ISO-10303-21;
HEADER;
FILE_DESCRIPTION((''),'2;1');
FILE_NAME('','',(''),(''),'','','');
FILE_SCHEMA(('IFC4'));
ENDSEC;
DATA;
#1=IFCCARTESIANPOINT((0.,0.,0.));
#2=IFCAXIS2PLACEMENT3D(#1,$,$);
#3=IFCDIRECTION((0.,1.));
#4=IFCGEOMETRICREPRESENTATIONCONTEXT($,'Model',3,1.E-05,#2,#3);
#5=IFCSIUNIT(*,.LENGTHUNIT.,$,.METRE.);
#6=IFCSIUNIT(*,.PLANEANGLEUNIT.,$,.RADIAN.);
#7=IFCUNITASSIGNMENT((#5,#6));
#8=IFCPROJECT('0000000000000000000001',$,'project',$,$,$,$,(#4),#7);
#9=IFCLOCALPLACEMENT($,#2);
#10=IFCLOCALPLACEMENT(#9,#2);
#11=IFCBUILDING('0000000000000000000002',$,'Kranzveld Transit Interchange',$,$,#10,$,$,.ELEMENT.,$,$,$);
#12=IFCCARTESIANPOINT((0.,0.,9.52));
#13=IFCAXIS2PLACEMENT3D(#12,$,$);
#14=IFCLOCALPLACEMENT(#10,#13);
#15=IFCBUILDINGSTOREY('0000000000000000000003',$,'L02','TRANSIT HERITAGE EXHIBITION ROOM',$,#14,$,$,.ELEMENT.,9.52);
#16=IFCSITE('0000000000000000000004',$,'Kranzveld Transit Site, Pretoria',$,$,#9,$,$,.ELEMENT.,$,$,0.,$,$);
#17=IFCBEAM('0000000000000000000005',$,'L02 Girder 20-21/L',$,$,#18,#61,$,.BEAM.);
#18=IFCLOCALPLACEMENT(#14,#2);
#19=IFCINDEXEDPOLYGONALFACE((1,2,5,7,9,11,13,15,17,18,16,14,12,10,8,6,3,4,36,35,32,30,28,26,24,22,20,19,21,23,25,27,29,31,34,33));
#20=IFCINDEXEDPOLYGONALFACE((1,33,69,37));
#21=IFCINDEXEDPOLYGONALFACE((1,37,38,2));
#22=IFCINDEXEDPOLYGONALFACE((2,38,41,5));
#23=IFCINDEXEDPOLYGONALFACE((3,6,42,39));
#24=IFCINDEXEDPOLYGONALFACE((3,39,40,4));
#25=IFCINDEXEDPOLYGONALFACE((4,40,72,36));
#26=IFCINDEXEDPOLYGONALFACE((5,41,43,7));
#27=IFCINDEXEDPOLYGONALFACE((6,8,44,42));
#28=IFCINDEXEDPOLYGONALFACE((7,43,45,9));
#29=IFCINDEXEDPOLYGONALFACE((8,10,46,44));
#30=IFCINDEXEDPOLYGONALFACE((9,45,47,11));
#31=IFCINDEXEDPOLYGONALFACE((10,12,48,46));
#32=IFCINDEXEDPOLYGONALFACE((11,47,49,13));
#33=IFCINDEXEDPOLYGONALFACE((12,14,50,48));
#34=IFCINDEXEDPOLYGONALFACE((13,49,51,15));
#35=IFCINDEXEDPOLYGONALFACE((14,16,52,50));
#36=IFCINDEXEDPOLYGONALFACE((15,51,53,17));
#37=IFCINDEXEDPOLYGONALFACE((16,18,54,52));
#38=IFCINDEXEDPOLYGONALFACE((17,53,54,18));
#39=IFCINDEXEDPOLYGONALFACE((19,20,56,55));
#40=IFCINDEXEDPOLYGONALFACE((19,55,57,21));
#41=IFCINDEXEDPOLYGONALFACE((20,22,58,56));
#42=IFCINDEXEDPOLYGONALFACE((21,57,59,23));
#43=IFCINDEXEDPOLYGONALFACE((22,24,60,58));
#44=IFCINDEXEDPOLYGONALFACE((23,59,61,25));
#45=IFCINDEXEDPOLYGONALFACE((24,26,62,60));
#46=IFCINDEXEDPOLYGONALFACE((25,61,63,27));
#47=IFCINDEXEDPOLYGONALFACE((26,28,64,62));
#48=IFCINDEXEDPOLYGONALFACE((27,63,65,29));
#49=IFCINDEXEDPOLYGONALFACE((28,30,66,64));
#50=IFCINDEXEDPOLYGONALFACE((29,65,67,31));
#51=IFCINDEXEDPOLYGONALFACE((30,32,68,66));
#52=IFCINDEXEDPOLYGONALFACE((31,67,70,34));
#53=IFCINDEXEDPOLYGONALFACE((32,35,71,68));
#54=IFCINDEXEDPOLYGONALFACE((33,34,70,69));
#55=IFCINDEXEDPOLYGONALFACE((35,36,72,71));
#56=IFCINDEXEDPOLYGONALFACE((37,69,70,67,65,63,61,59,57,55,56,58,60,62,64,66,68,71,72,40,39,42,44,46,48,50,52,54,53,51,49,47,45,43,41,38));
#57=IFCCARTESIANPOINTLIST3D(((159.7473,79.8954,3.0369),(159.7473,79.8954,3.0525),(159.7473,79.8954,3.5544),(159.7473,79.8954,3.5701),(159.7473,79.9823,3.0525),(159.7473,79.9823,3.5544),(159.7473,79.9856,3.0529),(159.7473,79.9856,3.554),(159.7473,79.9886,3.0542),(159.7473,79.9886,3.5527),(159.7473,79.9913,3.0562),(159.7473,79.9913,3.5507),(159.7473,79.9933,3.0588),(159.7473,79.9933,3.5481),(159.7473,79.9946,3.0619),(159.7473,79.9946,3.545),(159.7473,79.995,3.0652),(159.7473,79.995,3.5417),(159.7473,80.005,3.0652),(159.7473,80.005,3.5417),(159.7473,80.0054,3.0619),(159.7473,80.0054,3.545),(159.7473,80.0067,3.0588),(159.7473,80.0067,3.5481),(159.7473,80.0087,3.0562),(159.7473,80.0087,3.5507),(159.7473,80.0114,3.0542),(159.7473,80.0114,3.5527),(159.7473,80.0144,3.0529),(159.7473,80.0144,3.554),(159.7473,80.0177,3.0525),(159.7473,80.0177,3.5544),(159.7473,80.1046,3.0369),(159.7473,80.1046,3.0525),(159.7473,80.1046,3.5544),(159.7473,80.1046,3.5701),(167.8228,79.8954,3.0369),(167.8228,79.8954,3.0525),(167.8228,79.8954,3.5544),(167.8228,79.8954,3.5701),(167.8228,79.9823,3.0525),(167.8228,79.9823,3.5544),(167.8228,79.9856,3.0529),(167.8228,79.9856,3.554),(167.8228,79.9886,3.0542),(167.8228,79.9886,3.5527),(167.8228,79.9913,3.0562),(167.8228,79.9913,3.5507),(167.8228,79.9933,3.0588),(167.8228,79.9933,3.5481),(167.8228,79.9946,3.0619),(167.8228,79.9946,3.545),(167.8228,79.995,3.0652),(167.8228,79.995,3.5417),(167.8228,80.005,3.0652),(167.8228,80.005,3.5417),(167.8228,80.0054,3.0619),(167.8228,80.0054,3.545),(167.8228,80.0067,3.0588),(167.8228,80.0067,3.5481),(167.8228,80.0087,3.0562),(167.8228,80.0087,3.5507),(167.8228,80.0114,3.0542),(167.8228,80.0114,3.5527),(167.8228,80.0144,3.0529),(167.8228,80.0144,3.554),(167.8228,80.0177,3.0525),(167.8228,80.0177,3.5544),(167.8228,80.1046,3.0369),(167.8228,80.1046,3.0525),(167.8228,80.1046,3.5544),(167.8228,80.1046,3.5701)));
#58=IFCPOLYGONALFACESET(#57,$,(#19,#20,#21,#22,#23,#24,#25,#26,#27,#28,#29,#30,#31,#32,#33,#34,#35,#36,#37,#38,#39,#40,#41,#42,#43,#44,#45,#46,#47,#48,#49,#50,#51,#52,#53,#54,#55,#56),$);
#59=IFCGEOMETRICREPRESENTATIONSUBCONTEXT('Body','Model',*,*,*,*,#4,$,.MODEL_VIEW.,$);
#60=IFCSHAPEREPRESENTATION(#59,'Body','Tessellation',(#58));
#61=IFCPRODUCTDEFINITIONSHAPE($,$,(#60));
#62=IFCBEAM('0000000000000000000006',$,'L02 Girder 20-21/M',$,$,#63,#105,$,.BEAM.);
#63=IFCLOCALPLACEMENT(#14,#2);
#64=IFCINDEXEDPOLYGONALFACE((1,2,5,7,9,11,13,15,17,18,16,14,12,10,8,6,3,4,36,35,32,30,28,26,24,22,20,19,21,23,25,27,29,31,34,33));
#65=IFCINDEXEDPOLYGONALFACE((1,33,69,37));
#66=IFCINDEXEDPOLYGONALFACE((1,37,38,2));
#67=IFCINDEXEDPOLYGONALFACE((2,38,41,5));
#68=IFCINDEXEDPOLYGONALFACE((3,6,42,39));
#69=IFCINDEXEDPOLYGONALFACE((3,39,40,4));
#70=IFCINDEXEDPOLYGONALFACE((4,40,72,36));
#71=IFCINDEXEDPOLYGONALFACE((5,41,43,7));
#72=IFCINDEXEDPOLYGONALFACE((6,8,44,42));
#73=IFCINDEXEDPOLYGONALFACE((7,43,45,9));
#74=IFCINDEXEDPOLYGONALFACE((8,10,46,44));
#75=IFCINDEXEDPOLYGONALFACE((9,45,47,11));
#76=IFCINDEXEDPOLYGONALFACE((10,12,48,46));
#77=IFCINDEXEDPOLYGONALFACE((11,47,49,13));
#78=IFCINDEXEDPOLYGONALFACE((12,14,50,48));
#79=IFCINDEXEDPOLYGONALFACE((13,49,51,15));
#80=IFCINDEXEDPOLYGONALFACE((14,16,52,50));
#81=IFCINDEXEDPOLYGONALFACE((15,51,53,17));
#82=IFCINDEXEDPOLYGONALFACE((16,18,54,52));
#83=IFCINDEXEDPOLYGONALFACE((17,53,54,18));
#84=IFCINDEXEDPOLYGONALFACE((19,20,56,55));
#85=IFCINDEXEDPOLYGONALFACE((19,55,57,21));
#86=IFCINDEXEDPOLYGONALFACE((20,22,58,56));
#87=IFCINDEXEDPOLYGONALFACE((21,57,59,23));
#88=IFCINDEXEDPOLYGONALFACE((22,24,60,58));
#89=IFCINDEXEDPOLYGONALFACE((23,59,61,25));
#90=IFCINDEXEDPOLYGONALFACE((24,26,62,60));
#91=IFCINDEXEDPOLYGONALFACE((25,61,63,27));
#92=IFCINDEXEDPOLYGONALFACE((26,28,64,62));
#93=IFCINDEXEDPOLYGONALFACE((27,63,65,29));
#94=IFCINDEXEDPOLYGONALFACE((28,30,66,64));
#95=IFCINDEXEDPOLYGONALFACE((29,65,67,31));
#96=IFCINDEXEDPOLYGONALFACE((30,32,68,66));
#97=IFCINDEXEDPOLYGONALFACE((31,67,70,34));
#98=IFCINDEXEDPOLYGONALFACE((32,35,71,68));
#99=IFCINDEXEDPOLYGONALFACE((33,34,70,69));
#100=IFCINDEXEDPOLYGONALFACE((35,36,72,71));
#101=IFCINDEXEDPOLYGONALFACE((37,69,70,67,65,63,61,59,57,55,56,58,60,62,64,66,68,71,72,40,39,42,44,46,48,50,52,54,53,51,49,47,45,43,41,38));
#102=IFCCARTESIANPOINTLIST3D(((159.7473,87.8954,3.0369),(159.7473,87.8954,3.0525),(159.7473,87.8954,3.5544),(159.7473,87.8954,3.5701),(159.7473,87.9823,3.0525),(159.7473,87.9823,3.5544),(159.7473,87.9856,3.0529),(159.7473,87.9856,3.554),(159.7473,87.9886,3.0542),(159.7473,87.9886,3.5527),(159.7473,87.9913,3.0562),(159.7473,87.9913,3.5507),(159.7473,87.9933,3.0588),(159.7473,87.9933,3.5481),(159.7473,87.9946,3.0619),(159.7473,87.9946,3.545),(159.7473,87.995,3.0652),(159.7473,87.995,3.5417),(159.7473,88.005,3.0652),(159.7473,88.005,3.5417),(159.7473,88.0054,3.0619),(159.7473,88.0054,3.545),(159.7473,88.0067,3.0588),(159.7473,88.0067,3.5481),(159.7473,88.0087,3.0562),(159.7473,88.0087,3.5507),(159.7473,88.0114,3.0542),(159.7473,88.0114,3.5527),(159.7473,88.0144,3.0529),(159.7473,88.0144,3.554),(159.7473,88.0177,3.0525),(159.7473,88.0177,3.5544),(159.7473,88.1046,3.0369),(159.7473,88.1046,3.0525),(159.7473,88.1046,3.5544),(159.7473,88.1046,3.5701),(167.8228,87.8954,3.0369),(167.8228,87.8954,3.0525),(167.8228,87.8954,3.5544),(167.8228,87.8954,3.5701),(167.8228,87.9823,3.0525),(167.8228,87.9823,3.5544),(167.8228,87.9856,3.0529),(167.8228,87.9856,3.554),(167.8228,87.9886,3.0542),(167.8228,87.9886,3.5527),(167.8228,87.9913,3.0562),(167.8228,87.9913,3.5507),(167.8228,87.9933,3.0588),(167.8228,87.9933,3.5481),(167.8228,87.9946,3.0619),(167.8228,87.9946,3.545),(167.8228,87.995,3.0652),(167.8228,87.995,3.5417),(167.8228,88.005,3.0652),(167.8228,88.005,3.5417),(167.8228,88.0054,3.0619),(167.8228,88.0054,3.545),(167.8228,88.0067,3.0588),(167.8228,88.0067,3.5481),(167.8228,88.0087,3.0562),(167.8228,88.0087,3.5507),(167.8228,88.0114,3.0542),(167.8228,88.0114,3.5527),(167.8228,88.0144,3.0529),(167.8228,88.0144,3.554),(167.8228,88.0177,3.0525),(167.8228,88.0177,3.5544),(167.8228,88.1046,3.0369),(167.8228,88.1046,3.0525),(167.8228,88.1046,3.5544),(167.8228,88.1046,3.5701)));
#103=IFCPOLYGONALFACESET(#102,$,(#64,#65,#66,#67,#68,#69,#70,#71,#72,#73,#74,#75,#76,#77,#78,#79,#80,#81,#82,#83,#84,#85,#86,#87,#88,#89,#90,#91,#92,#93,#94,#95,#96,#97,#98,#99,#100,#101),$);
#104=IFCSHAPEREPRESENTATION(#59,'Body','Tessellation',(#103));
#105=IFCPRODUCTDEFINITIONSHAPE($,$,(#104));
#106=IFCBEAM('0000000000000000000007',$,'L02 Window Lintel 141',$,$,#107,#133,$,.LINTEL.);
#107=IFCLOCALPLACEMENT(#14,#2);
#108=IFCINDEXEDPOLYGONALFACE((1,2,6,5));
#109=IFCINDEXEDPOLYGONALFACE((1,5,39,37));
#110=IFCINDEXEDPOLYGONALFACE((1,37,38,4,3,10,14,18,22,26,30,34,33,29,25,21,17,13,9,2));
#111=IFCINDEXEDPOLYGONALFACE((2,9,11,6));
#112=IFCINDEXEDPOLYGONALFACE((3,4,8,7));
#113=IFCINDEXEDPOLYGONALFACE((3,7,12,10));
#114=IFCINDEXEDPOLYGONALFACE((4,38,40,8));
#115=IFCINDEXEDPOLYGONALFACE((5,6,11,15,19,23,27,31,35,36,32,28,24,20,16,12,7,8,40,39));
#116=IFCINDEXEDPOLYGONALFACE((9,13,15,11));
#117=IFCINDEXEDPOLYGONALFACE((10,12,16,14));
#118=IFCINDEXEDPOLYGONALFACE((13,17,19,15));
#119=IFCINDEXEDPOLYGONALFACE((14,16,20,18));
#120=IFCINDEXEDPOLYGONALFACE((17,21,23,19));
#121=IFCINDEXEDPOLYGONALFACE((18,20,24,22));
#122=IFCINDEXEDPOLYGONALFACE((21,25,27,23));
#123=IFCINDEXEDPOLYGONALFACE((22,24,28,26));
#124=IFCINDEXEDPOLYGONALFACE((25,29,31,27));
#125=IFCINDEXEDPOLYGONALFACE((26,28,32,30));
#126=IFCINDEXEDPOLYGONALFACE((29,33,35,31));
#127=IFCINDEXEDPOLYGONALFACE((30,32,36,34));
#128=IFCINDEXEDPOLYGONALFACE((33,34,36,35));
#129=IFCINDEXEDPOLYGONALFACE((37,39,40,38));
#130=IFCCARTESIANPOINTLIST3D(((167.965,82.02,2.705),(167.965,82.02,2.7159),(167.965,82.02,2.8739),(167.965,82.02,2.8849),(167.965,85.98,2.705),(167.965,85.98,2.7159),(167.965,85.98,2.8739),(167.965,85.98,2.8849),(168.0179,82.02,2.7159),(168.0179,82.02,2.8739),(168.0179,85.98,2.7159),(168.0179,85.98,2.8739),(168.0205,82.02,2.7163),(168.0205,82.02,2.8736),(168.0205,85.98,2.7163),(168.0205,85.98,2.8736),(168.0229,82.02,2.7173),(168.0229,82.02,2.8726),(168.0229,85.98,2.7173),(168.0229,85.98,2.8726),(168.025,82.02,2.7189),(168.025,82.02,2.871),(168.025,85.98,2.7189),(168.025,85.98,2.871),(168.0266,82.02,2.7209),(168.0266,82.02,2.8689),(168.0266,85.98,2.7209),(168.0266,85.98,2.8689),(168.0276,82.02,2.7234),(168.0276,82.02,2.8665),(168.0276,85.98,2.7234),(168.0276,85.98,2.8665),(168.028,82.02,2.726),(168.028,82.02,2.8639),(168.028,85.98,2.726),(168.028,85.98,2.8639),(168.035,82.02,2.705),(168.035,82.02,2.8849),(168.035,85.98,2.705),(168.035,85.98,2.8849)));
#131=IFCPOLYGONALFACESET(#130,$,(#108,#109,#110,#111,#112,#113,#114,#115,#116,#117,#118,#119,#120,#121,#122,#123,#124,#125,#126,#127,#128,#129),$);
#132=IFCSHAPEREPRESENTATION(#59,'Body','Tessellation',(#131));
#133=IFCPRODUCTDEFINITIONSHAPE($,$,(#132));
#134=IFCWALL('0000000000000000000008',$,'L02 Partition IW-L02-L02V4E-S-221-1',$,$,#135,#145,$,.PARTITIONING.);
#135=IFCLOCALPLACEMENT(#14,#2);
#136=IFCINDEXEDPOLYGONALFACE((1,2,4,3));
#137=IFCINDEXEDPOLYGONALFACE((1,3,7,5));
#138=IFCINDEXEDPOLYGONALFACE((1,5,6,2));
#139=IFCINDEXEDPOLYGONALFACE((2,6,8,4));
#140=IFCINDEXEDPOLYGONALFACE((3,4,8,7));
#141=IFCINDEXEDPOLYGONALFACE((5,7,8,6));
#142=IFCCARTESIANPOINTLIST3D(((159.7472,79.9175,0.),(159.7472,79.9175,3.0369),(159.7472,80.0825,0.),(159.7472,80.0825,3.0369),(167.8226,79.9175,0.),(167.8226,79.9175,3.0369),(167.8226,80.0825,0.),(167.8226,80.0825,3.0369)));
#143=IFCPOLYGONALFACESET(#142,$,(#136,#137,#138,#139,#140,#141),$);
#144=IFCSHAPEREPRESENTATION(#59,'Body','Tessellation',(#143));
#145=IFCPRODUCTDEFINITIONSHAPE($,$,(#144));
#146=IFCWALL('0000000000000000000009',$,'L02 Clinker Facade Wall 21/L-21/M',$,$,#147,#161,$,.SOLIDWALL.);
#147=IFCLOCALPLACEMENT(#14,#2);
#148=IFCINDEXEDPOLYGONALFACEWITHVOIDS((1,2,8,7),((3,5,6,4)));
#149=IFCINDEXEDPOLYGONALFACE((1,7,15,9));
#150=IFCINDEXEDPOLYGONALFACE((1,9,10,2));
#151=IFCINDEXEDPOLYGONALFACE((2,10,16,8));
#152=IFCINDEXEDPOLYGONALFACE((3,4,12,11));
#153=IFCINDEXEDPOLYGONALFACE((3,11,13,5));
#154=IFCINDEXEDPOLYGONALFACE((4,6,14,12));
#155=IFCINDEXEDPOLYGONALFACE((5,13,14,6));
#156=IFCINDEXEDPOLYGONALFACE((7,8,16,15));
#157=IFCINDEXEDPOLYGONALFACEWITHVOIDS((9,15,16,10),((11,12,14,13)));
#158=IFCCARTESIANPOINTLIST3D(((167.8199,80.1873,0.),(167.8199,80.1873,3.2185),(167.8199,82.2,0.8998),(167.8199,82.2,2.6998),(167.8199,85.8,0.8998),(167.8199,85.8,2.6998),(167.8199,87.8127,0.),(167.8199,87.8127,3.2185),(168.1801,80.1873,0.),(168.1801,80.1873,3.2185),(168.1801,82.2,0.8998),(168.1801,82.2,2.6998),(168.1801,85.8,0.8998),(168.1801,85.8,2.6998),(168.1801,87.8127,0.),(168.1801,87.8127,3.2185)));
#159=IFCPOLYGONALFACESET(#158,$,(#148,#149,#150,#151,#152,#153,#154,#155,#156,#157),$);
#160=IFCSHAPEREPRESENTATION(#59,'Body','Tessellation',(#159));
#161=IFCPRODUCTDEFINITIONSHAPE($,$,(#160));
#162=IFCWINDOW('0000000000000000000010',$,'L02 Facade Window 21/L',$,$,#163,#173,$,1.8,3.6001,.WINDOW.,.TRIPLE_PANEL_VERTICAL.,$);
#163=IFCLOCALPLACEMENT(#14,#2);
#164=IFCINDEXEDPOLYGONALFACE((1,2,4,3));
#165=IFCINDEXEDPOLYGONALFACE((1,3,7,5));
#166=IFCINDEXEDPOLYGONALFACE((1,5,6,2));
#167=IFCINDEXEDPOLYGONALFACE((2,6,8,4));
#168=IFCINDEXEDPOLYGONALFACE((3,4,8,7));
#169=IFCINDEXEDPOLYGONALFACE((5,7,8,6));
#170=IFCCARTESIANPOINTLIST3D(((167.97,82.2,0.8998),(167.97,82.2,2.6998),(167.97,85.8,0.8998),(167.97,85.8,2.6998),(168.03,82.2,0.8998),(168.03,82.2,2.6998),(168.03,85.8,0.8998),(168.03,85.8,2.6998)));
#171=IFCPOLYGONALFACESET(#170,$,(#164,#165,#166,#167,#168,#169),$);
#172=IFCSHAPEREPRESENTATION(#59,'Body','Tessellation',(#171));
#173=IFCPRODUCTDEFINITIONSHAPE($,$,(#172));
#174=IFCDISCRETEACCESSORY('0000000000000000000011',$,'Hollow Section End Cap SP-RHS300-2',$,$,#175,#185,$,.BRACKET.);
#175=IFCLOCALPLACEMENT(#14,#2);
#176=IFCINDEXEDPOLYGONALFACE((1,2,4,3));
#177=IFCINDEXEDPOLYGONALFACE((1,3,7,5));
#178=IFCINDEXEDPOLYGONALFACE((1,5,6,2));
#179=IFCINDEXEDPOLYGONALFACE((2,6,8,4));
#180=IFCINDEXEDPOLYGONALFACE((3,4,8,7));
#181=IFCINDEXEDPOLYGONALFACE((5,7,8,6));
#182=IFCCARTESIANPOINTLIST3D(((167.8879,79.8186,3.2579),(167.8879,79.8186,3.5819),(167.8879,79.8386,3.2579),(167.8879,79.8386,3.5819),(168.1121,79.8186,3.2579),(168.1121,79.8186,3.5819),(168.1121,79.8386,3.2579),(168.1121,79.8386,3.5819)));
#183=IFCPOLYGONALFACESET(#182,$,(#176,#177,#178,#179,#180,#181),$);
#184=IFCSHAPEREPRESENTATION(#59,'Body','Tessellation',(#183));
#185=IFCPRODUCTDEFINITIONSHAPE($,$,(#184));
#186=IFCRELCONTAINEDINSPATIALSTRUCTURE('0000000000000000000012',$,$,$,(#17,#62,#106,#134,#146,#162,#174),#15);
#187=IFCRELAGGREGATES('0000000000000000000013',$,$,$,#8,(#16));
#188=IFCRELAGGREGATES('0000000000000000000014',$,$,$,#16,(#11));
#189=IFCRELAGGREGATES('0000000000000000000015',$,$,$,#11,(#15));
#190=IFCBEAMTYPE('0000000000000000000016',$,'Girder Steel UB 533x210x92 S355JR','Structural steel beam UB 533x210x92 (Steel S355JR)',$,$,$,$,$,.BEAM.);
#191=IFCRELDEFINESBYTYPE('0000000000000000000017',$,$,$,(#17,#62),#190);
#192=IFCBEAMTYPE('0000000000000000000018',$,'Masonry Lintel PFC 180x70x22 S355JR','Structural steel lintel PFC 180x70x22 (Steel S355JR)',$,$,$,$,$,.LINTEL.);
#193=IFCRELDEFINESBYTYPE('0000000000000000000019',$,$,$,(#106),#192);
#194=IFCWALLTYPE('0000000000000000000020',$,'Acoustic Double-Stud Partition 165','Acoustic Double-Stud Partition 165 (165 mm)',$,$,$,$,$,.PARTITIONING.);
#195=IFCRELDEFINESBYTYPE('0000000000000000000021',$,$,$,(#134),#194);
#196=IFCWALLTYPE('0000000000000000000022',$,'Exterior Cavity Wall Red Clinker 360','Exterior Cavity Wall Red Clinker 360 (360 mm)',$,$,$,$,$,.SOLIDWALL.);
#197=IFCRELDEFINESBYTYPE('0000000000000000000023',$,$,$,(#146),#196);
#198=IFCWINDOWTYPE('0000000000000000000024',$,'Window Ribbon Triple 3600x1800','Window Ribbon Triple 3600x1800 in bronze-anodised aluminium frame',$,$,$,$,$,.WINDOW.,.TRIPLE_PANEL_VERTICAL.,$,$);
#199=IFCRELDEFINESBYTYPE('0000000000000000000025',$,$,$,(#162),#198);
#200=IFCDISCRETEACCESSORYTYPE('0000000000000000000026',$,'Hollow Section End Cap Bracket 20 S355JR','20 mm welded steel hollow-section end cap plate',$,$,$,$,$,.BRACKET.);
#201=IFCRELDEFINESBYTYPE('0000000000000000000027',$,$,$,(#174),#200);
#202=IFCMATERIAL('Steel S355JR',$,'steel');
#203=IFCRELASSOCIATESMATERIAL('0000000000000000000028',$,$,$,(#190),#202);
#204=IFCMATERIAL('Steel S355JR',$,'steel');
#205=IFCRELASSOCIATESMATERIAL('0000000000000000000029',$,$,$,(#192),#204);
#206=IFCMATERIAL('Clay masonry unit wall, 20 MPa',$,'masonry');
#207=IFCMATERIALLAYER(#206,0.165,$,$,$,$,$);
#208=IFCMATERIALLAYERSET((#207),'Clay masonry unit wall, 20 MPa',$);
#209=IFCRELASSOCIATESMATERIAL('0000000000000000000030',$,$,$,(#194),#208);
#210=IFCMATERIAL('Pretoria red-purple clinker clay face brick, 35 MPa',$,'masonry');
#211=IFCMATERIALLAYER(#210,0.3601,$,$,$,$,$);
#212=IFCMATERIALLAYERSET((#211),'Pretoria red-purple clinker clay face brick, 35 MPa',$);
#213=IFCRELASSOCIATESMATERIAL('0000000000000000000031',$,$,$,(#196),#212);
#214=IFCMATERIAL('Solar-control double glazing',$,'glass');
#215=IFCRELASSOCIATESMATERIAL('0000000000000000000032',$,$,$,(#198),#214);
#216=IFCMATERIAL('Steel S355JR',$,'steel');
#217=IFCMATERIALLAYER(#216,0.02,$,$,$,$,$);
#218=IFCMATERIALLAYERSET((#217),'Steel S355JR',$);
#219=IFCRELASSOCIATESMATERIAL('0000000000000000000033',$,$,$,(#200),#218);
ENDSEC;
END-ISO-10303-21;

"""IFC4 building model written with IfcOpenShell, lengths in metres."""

from ifc_helpers import new_model, si_unit, direction, frame, frame_2d, origin, origin_2d, place, context, subcontext, project, spatial, rectangle, i_section, u_section, extrude, material, layer, layer_set, material_profile, profile_set, type_object, element, fill, save


model = new_model("IFC4")

# Units and contexts
model_context = context("Model", 3, precision=1e-05, world=origin(), true_north=direction((0.0, 1.0)))
body_context = subcontext(model_context, "Body", "Model", "MODEL_VIEW")
ifc_project = project(units=[si_unit("LENGTHUNIT", "METRE"), si_unit("PLANEANGLEUNIT", "RADIAN")], contexts=[model_context])

# Site, building, storey
site_placement = place(None, origin())
site = spatial("IfcSite", under=ifc_project, at=site_placement, Name="Kranzveld Transit Site, Pretoria", CompositionType="ELEMENT", RefElevation=0.0)
building_placement = place(site_placement, origin())
building = spatial("IfcBuilding", under=site, at=building_placement, Name="Kranzveld Transit Interchange", CompositionType="ELEMENT")
storey_placement = place(building_placement, frame((0.0, 0.0, 9.52)))
storey = spatial("IfcBuildingStorey", under=building, at=storey_placement, Name="L02", Description="TRANSIT HERITAGE EXHIBITION ROOM", CompositionType="ELEMENT", Elevation=9.52)

# Beams
ifc_material_1 = material(Name="Steel S355JR", Category="steel")
ifc_material_profile_1 = material_profile(ifc_material_1, i_section(OverallWidth=0.2092, OverallDepth=0.5332, WebThickness=0.01, FlangeThickness=0.0156, FilletRadius=0.0127, at=origin_2d()), Name="UB 533x210x92")
ifc_profile_set_1 = profile_set([ifc_material_profile_1], Name="Steel S355JR")
beam_type_1 = type_object("IfcBeamType", Name="Girder Steel UB 533x210x92 S355JR", Description="Structural steel beam UB 533x210x92 (Steel S355JR)", PredefinedType="BEAM", material=ifc_profile_set_1)
for number, where, z_axis, x_axis, name in (
    (1, (159.7473, 80.0, 3.3035), (1.0, 0.0, 0.0), (0.0, 1.0, 0.0), "L02 Girder 20-21/L"),
    (2, (159.7473, 88.0, 3.3035), (1.0, 0.0, 0.0), (0.0, 1.0, 0.0), "L02 Girder 20-21/M"),
):
    element("IfcBeam", number, at=place(storey_placement, frame(where, z_axis=z_axis, x_axis=x_axis)), inside=storey, type_object=beam_type_1, Name=name, PredefinedType="BEAM", context=body_context, shape_type="SweptSolid", body=[
        extrude(i_section(OverallWidth=0.2092, OverallDepth=0.5332, WebThickness=0.01, FlangeThickness=0.0156, FilletRadius=0.0127, at=origin_2d()), origin(), (0.0, 0.0, 1.0), 8.0754),
    ])
ifc_material_2 = material(Name="Steel S355JR", Category="steel")
ifc_material_profile_2 = material_profile(ifc_material_2, u_section(Depth=0.1799, FlangeWidth=0.0701, WebThickness=0.0071, FlangeThickness=0.011, FilletRadius=0.01, at=origin_2d()), Name="PFC 180x70x22")
ifc_profile_set_2 = profile_set([ifc_material_profile_2], Name="Steel S355JR")
beam_type_2 = type_object("IfcBeamType", Name="Masonry Lintel PFC 180x70x22 S355JR", Description="Structural steel lintel PFC 180x70x22 (Steel S355JR)", PredefinedType="LINTEL", material=ifc_profile_set_2)
beam_placement = place(storey_placement, frame((168.0, 82.02, 2.7949), z_axis=(0.0, 1.0, 0.0), x_axis=(-1.0, 0.0, 0.0)))
element("IfcBeam", 3, at=beam_placement, inside=storey, type_object=beam_type_2, Name="L02 Window Lintel 141", PredefinedType="LINTEL", context=body_context, shape_type="SweptSolid", body=[
    extrude(u_section(Depth=0.1799, FlangeWidth=0.0701, WebThickness=0.0071, FlangeThickness=0.011, FilletRadius=0.01, at=origin_2d()), origin(), (0.0, 0.0, 1.0), 3.96),
])

# Wall
ifc_material_3 = material(Name="Clay masonry unit wall, 20 MPa", Category="masonry")
ifc_layer_1 = layer(ifc_material_3, 0.165)
ifc_layer_set_1 = layer_set([ifc_layer_1], Name="Clay masonry unit wall, 20 MPa")
wall_type_1 = type_object("IfcWallType", Name="Acoustic Double-Stud Partition 165", Description="Acoustic Double-Stud Partition 165 (165 mm)", PredefinedType="PARTITIONING", material=ifc_layer_set_1)
wall_1_placement = place(storey_placement, frame((159.7473, 80.0, 0.0), z_axis=(0.0, 0.0, 1.0), x_axis=(1.0, 0.0, 0.0)))
element("IfcWall", 4, at=wall_1_placement, inside=storey, type_object=wall_type_1, Name="L02 Partition IW-L02-L02V4E-S-221-1", PredefinedType="PARTITIONING", context=body_context, shape_type="SweptSolid", body=[
    extrude(rectangle(XDim=8.0754, YDim=0.165, at=frame_2d((4.0376, 0.0))), origin(), (0.0, 0.0, 1.0), 3.0369),
])

# Wall, opening, window
ifc_material_4 = material(Name="Pretoria red-purple clinker clay face brick, 35 MPa", Category="masonry")
ifc_layer_2 = layer(ifc_material_4, 0.3601)
ifc_layer_set_2 = layer_set([ifc_layer_2], Name="Pretoria red-purple clinker clay face brick, 35 MPa")
wall_type_2 = type_object("IfcWallType", Name="Exterior Cavity Wall Red Clinker 360", Description="Exterior Cavity Wall Red Clinker 360 (360 mm)", PredefinedType="SOLIDWALL", material=ifc_layer_set_2)
wall_2_placement = place(storey_placement, frame((168.0, 80.1873, 0.0), z_axis=(0.0, 0.0, 1.0), x_axis=(0.0, 1.0, 0.0)))
wall_2 = element("IfcWall", 5, at=wall_2_placement, inside=storey, type_object=wall_type_2, Name="L02 Clinker Facade Wall 21/L-21/M", PredefinedType="SOLIDWALL", context=body_context, shape_type="SweptSolid", body=[
    extrude(rectangle(XDim=7.6255, YDim=0.3601, at=frame_2d((3.8127, 0.0))), origin(), (0.0, 0.0, 1.0), 3.2185),
])
opening_placement = place(wall_2_placement, frame((2.0127, 0.0, 0.8999), z_axis=(0.0, 0.0, 1.0), x_axis=(1.0, 0.0, 0.0)))
opening = element("IfcOpeningElement", 6, at=opening_placement, cuts=wall_2, PredefinedType="OPENING", context=body_context, shape_type="SweptSolid", body=[
    extrude(rectangle(XDim=3.6001, YDim=1.8, at=frame_2d((1.8, 0.8999))), frame((0.0, 0.1899, 0.0), z_axis=(0.0, -1.0, 0.0), x_axis=(1.0, 0.0, 0.0)), (0.0, 0.0, 1.0), 0.3801),
])
ifc_material_5 = material(Name="Solar-control double glazing", Category="glass")
window_type = type_object("IfcWindowType", Name="Window Ribbon Triple 3600x1800", Description="Window Ribbon Triple 3600x1800 in bronze-anodised aluminium frame", PartitioningType="TRIPLE_PANEL_VERTICAL", PredefinedType="WINDOW", material=ifc_material_5)
window_placement = place(opening_placement, origin())
window = element("IfcWindow", 7, at=window_placement, inside=storey, type_object=window_type, Name="L02 Facade Window 21/L", OverallHeight=1.8, OverallWidth=3.6001, PartitioningType="TRIPLE_PANEL_VERTICAL", PredefinedType="WINDOW", context=body_context, shape_type="SweptSolid", body=[
    extrude(rectangle(XDim=3.6001, YDim=1.8, at=frame_2d((1.8, 0.8999))), frame((0.0, 0.03, 0.0), z_axis=(0.0, -1.0, 0.0), x_axis=(1.0, 0.0, 0.0)), (0.0, 0.0, 1.0), 0.0601),
])
fill(opening, window)

# Discrete accessory
ifc_material_6 = material(Name="Steel S355JR", Category="steel")
ifc_layer_3 = layer(ifc_material_6, 0.02)
ifc_layer_set_3 = layer_set([ifc_layer_3], Name="Steel S355JR")
discrete_accessory_type = type_object("IfcDiscreteAccessoryType", Name="Hollow Section End Cap Bracket 20 S355JR", Description="20 mm welded steel hollow-section end cap plate", PredefinedType="BRACKET", material=ifc_layer_set_3)
for number, where, z_axis, x_axis, name in (
    (8, (168.0, 79.8186, 3.4199), (0.0, 1.0, 0.0), (-1.0, 0.0, 0.0), "Hollow Section End Cap SP-RHS300-2"),
):
    element("IfcDiscreteAccessory", number, at=place(storey_placement, frame(where, z_axis=z_axis, x_axis=x_axis)), inside=storey, type_object=discrete_accessory_type, Name=name, PredefinedType="BRACKET", context=body_context, shape_type="SweptSolid", body=[
        extrude(rectangle(XDim=0.2241, YDim=0.324, at=origin_2d()), origin(), (0.0, 0.0, 1.0), 0.02),
    ])

save(model, "model.ifc")
